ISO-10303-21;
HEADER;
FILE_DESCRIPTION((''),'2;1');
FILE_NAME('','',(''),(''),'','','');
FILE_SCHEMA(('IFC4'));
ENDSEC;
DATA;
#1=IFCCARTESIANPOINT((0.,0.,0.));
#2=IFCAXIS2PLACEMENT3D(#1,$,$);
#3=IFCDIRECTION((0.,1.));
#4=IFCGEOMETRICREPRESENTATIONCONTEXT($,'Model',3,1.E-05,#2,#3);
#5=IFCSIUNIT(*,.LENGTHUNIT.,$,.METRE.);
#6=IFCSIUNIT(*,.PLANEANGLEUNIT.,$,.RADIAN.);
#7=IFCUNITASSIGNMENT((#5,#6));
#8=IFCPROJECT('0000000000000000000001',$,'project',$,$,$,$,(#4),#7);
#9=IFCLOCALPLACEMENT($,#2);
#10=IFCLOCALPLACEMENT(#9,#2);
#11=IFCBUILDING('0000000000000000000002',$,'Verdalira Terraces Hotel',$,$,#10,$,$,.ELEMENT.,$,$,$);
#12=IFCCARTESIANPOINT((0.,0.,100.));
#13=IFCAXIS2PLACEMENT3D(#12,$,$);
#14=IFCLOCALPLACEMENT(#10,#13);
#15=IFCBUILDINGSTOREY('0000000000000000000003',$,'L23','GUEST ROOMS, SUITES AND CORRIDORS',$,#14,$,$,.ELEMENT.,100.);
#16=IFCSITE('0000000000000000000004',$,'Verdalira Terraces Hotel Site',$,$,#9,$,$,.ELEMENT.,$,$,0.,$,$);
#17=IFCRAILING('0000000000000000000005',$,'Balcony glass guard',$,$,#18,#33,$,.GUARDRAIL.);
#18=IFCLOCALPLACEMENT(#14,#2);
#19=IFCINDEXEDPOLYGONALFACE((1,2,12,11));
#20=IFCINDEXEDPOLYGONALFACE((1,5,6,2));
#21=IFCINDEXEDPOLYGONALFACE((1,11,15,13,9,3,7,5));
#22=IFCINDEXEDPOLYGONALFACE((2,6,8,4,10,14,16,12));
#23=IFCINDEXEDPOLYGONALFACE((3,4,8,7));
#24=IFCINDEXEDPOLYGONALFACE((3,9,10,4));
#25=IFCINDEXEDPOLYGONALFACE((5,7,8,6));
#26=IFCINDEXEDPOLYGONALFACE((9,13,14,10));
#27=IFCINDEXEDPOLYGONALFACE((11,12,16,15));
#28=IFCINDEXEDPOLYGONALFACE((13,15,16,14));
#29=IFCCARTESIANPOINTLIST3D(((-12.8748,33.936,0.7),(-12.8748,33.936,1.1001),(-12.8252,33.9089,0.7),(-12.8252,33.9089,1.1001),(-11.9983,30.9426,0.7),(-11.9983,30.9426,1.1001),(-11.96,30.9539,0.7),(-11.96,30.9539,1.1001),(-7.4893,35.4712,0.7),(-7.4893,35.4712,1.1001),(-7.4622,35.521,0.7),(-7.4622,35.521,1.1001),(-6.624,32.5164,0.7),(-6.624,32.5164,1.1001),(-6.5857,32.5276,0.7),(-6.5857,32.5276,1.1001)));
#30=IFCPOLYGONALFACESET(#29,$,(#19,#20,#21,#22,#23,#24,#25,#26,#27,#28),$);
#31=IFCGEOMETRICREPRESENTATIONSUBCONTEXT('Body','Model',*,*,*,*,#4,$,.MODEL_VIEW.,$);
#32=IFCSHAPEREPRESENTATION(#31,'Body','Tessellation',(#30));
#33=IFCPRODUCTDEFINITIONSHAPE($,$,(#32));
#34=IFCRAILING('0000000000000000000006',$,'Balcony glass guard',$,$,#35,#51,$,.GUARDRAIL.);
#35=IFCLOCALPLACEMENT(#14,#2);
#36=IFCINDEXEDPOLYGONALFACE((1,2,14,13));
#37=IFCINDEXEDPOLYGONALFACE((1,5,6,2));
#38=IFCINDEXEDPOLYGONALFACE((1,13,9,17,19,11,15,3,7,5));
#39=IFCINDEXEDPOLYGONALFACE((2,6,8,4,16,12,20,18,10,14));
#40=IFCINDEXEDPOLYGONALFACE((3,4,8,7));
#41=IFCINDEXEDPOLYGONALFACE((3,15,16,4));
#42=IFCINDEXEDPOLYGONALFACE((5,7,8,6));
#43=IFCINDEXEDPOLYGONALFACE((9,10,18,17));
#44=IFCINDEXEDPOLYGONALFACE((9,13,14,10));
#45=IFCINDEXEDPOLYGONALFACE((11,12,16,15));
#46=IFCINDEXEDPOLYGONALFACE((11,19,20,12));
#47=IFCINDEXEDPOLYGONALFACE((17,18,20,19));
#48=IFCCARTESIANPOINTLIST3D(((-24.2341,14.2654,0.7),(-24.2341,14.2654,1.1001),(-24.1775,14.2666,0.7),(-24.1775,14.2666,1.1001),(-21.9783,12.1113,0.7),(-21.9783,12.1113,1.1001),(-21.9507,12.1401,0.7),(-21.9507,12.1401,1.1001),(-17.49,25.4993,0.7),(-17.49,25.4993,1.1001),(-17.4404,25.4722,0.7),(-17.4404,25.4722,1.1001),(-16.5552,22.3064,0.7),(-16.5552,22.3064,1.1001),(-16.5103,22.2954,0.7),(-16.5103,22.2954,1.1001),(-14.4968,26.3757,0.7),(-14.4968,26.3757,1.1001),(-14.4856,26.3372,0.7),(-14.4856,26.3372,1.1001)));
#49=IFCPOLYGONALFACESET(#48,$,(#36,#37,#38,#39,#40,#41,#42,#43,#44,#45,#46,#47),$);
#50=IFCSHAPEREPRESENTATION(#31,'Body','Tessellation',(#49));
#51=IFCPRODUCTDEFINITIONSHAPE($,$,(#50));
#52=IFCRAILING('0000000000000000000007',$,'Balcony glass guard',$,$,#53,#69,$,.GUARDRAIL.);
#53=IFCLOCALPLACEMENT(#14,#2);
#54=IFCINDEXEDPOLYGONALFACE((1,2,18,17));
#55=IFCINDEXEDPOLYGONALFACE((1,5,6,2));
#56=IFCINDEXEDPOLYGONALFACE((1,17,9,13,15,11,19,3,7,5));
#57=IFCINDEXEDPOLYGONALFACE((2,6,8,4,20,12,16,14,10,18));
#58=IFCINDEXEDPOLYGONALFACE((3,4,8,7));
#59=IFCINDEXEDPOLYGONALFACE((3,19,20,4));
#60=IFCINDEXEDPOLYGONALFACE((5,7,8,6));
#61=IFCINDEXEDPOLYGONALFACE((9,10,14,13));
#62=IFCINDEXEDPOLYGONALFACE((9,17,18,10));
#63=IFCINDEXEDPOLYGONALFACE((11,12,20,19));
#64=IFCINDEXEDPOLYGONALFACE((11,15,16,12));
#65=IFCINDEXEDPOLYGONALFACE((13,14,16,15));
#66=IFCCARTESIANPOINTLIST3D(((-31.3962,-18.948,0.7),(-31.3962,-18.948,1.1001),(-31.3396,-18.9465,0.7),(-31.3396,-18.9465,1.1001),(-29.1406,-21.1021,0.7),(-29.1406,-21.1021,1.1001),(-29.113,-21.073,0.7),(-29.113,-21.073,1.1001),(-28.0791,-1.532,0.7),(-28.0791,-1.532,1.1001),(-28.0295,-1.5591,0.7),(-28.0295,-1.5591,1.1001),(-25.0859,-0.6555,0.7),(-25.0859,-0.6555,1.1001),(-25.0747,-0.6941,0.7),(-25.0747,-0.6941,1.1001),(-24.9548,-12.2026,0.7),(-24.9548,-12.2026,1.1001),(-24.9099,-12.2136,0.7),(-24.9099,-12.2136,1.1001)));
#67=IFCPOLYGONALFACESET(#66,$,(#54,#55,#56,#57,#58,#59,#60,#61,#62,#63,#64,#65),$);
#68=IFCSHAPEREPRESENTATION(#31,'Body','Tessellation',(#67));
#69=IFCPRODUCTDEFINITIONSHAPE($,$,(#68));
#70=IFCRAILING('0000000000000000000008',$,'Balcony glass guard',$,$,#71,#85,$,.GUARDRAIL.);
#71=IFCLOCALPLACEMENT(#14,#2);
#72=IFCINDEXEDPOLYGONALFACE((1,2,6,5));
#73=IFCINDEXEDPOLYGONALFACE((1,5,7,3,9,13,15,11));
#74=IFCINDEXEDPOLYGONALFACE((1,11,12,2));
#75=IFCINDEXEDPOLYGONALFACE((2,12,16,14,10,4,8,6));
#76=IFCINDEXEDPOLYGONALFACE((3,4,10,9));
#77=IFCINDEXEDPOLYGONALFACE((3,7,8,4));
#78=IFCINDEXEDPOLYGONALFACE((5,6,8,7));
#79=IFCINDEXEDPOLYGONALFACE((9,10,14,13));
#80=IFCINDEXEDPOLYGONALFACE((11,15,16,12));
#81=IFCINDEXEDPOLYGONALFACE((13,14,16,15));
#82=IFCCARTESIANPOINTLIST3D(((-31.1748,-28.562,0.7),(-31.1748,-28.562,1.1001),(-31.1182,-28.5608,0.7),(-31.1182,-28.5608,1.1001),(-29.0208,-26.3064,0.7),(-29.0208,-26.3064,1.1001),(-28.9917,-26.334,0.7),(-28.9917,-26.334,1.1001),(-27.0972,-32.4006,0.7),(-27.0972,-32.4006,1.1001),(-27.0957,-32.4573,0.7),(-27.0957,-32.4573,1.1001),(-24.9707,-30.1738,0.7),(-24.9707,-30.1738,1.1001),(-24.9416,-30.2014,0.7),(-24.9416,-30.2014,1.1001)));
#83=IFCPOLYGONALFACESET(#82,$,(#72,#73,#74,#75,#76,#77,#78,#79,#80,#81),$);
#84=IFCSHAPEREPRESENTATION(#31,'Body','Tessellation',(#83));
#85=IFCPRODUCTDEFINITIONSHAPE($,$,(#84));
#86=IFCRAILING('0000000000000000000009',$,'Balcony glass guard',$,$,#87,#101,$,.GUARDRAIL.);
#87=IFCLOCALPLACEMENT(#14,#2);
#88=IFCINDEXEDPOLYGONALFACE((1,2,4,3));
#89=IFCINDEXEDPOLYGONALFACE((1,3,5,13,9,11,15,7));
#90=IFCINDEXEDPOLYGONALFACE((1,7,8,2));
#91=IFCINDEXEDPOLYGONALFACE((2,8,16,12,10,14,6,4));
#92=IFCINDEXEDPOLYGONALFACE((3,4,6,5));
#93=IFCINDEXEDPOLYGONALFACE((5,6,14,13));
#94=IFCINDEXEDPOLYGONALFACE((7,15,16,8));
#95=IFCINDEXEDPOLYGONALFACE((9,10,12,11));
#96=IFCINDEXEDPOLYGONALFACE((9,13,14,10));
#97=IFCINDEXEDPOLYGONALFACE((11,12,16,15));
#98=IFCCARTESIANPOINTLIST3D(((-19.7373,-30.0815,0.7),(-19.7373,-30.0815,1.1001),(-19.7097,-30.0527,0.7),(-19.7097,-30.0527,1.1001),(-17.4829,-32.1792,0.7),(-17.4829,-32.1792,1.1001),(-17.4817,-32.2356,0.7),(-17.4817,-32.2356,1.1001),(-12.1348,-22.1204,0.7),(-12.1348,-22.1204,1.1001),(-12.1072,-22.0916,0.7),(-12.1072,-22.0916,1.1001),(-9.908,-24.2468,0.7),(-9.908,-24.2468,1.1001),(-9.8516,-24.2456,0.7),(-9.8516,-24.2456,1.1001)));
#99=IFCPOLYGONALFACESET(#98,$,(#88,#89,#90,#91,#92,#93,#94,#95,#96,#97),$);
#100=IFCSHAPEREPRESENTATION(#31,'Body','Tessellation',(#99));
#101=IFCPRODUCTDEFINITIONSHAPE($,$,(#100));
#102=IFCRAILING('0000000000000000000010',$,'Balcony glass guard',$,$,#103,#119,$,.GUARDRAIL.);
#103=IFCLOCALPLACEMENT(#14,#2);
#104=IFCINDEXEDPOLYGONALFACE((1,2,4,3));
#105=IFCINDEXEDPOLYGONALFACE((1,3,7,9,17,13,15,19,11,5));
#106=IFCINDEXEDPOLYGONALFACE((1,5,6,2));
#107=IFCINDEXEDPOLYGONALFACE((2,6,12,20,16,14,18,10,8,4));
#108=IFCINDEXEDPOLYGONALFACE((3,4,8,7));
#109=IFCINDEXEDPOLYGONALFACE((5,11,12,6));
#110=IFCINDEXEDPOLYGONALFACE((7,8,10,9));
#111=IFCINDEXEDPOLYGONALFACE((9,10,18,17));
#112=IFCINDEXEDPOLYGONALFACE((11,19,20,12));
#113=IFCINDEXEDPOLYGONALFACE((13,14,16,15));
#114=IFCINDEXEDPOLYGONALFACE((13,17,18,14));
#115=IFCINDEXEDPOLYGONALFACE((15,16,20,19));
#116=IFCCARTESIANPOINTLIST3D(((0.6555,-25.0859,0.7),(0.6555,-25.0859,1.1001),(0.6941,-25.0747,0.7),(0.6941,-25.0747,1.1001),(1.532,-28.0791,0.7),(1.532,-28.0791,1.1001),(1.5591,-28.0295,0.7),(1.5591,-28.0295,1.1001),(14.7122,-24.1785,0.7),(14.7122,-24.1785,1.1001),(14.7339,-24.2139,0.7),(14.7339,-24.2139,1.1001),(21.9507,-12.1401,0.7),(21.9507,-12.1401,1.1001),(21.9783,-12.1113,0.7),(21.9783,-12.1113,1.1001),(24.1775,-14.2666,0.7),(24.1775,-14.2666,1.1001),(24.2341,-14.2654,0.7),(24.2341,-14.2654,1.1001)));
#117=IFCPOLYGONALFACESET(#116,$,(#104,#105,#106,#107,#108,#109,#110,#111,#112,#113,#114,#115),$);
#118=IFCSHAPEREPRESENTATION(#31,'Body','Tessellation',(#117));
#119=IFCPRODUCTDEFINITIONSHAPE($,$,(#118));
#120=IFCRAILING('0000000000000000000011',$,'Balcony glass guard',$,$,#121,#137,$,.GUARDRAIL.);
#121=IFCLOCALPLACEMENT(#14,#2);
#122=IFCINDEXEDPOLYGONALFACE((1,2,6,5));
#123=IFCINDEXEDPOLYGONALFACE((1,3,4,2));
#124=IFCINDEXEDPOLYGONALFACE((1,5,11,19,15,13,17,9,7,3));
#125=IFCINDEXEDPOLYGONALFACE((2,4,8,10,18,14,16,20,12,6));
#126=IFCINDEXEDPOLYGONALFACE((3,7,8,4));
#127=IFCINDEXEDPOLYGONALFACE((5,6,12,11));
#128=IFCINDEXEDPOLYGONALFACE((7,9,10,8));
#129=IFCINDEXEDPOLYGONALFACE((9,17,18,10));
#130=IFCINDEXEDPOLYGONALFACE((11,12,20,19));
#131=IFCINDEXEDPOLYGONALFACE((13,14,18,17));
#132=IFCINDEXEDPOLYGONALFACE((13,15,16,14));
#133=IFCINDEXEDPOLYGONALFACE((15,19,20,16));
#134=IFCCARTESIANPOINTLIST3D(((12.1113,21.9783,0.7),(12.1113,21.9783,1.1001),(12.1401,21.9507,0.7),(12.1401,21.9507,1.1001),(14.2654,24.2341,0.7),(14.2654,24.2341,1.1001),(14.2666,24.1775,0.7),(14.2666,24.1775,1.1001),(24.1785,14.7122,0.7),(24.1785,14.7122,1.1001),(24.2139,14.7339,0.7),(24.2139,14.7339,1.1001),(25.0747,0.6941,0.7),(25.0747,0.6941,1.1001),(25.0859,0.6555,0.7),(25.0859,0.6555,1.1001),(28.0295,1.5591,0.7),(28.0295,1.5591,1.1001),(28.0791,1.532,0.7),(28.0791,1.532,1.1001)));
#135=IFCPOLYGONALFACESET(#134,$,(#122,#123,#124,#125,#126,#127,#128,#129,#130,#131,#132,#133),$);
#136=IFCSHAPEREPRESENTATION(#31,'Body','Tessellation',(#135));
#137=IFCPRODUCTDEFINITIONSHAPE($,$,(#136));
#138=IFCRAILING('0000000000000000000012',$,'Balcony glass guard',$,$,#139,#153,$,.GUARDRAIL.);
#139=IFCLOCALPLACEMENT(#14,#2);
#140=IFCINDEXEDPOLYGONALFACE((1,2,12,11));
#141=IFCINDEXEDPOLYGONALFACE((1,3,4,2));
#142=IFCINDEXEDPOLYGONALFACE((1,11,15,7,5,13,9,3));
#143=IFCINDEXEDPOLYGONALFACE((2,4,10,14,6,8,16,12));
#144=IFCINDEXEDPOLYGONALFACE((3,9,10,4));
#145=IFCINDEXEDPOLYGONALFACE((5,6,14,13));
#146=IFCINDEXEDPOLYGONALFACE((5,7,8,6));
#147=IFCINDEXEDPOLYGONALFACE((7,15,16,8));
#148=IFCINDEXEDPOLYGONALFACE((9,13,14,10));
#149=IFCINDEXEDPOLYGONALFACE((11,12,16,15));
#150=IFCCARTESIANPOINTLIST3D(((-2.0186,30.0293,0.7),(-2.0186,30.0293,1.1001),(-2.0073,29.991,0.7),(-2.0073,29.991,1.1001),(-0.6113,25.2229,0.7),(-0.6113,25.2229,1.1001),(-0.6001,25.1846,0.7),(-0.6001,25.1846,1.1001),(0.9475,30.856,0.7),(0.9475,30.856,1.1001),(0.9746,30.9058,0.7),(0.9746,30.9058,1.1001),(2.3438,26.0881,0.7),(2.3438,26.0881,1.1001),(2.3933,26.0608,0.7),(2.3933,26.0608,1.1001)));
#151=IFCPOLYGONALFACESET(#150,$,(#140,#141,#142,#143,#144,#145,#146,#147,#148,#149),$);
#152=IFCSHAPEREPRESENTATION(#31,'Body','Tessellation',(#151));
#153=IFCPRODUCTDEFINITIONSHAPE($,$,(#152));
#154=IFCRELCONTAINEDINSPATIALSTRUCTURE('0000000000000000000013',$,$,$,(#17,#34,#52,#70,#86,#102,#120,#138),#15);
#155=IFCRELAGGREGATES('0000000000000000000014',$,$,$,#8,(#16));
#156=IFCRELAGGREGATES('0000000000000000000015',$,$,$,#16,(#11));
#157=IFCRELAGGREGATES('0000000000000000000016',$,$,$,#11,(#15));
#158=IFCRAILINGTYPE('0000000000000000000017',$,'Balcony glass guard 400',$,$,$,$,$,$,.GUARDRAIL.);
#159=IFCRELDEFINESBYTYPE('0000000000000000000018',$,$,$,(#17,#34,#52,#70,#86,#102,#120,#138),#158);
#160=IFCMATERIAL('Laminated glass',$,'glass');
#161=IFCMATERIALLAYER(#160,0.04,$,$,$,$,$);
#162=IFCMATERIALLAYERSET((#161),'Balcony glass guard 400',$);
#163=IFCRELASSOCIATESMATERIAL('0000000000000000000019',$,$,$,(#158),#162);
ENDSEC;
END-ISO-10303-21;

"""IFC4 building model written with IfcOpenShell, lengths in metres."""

from ifc_helpers import new_model, si_unit, direction, frame, origin, place, context, subcontext, project, spatial, polyline, outline, extrude, material, layer, layer_set, type_object, element, save


model = new_model("IFC4")

# Units and contexts
model_context = context("Model", 3, precision=1e-05, world=origin(), true_north=direction((0.0, 1.0)))
body_context = subcontext(model_context, "Body", "Model", "MODEL_VIEW")
ifc_project = project(units=[si_unit("LENGTHUNIT", "METRE"), si_unit("PLANEANGLEUNIT", "RADIAN")], contexts=[model_context])

# Site, building, storey
site_placement = place(None, origin())
site = spatial("IfcSite", under=ifc_project, at=site_placement, Name="Verdalira Terraces Hotel Site", CompositionType="ELEMENT", RefElevation=0.0)
building_placement = place(site_placement, origin())
building = spatial("IfcBuilding", under=site, at=building_placement, Name="Verdalira Terraces Hotel", CompositionType="ELEMENT")
storey_placement = place(building_placement, frame((0.0, 0.0, 100.0)))
storey = spatial("IfcBuildingStorey", under=building, at=storey_placement, Name="L23", Description="GUEST ROOMS, SUITES AND CORRIDORS", CompositionType="ELEMENT", Elevation=100.0)

# Railings
ifc_material_1 = material(Name="Laminated glass", Category="glass")
ifc_layer_1 = layer(ifc_material_1, 0.04)
ifc_layer_set_1 = layer_set([ifc_layer_1], Name="Balcony glass guard 400")
railing_type = type_object("IfcRailingType", Name="Balcony glass guard 400", PredefinedType="GUARDRAIL", material=ifc_layer_set_1)
railing_1_placement = place(storey_placement, frame((0.0, 0.0, 0.7)))
element("IfcRailing", 1, at=railing_1_placement, inside=storey, type_object=railing_type, Name="Balcony glass guard", PredefinedType="GUARDRAIL", context=body_context, shape_type="SweptSolid", body=[
    extrude(outline(polyline([(-7.4893, 35.4712), (-12.8252, 33.9089), (-11.96, 30.9539), (-11.9983, 30.9426), (-12.8748, 33.936), (-7.4622, 35.521), (-6.5857, 32.5276), (-6.624, 32.5164), (-7.4893, 35.4712)])), origin(), (0.0, 0.0, 1.0), 0.4001),
])
railing_2_placement = place(storey_placement, frame((0.0, 0.0, 0.7)))
element("IfcRailing", 2, at=railing_2_placement, inside=storey, type_object=railing_type, Name="Balcony glass guard", PredefinedType="GUARDRAIL", context=body_context, shape_type="SweptSolid", body=[
    extrude(outline(polyline([(-17.4404, 25.4722), (-16.5103, 22.2954), (-24.1775, 14.2666), (-21.9507, 12.1401), (-21.9783, 12.1113), (-24.2341, 14.2654), (-16.5552, 22.3064), (-17.49, 25.4993), (-14.4968, 26.3757), (-14.4856, 26.3372), (-17.4404, 25.4722)])), origin(), (0.0, 0.0, 1.0), 0.4001),
])
railing_3_placement = place(storey_placement, frame((0.0, 0.0, 0.7)))
element("IfcRailing", 3, at=railing_3_placement, inside=storey, type_object=railing_type, Name="Balcony glass guard", PredefinedType="GUARDRAIL", context=body_context, shape_type="SweptSolid", body=[
    extrude(outline(polyline([(-28.0295, -1.5591), (-24.9099, -12.2136), (-31.3396, -18.9465), (-29.113, -21.073), (-29.1406, -21.1021), (-31.3962, -18.948), (-24.9548, -12.2026), (-28.0791, -1.532), (-25.0859, -0.6555), (-25.0747, -0.6941), (-28.0295, -1.5591)])), origin(), (0.0, 0.0, 1.0), 0.4001),
])
railing_4_placement = place(storey_placement, frame((0.0, 0.0, 0.7)))
element("IfcRailing", 4, at=railing_4_placement, inside=storey, type_object=railing_type, Name="Balcony glass guard", PredefinedType="GUARDRAIL", context=body_context, shape_type="SweptSolid", body=[
    extrude(outline(polyline([(-31.1182, -28.5608), (-27.0972, -32.4006), (-24.9707, -30.1738), (-24.9416, -30.2014), (-27.0957, -32.4573), (-31.1748, -28.562), (-29.0208, -26.3064), (-28.9917, -26.334), (-31.1182, -28.5608)])), origin(), (0.0, 0.0, 1.0), 0.4001),
])
railing_5_placement = place(storey_placement, frame((0.0, 0.0, 0.7)))
element("IfcRailing", 5, at=railing_5_placement, inside=storey, type_object=railing_type, Name="Balcony glass guard", PredefinedType="GUARDRAIL", context=body_context, shape_type="SweptSolid", body=[
    extrude(outline(polyline([(-17.4829, -32.1792), (-9.908, -24.2468), (-12.1348, -22.1204), (-12.1072, -22.0916), (-9.8516, -24.2456), (-17.4817, -32.2356), (-19.7373, -30.0815), (-19.7097, -30.0527), (-17.4829, -32.1792)])), origin(), (0.0, 0.0, 1.0), 0.4001),
])
railing_6_placement = place(storey_placement, frame((0.0, 0.0, 0.7)))
element("IfcRailing", 6, at=railing_6_placement, inside=storey, type_object=railing_type, Name="Balcony glass guard", PredefinedType="GUARDRAIL", context=body_context, shape_type="SweptSolid", body=[
    extrude(outline(polyline([(1.5591, -28.0295), (14.7122, -24.1785), (24.1775, -14.2666), (21.9507, -12.1401), (21.9783, -12.1113), (24.2341, -14.2654), (14.7339, -24.2139), (1.532, -28.0791), (0.6555, -25.0859), (0.6941, -25.0747), (1.5591, -28.0295)])), origin(), (0.0, 0.0, 1.0), 0.4001),
])
railing_7_placement = place(storey_placement, frame((0.0, 0.0, 0.7)))
element("IfcRailing", 7, at=railing_7_placement, inside=storey, type_object=railing_type, Name="Balcony glass guard", PredefinedType="GUARDRAIL", context=body_context, shape_type="SweptSolid", body=[
    extrude(outline(polyline([(28.0295, 1.5591), (24.1785, 14.7122), (14.2666, 24.1775), (12.1401, 21.9507), (12.1113, 21.9783), (14.2654, 24.2341), (24.2139, 14.7339), (28.0791, 1.532), (25.0859, 0.6555), (25.0747, 0.6941), (28.0295, 1.5591)])), origin(), (0.0, 0.0, 1.0), 0.4001),
])
railing_8_placement = place(storey_placement, frame((0.0, 0.0, 0.7)))
element("IfcRailing", 8, at=railing_8_placement, inside=storey, type_object=railing_type, Name="Balcony glass guard", PredefinedType="GUARDRAIL", context=body_context, shape_type="SweptSolid", body=[
    extrude(outline(polyline([(2.3438, 26.0881), (0.9475, 30.856), (-2.0073, 29.991), (-2.0186, 30.0293), (0.9746, 30.9058), (2.3933, 26.0608), (-0.6001, 25.1846), (-0.6113, 25.2229), (2.3438, 26.0881)])), origin(), (0.0, 0.0, 1.0), 0.4001),
])

save(model, "model.ifc")
